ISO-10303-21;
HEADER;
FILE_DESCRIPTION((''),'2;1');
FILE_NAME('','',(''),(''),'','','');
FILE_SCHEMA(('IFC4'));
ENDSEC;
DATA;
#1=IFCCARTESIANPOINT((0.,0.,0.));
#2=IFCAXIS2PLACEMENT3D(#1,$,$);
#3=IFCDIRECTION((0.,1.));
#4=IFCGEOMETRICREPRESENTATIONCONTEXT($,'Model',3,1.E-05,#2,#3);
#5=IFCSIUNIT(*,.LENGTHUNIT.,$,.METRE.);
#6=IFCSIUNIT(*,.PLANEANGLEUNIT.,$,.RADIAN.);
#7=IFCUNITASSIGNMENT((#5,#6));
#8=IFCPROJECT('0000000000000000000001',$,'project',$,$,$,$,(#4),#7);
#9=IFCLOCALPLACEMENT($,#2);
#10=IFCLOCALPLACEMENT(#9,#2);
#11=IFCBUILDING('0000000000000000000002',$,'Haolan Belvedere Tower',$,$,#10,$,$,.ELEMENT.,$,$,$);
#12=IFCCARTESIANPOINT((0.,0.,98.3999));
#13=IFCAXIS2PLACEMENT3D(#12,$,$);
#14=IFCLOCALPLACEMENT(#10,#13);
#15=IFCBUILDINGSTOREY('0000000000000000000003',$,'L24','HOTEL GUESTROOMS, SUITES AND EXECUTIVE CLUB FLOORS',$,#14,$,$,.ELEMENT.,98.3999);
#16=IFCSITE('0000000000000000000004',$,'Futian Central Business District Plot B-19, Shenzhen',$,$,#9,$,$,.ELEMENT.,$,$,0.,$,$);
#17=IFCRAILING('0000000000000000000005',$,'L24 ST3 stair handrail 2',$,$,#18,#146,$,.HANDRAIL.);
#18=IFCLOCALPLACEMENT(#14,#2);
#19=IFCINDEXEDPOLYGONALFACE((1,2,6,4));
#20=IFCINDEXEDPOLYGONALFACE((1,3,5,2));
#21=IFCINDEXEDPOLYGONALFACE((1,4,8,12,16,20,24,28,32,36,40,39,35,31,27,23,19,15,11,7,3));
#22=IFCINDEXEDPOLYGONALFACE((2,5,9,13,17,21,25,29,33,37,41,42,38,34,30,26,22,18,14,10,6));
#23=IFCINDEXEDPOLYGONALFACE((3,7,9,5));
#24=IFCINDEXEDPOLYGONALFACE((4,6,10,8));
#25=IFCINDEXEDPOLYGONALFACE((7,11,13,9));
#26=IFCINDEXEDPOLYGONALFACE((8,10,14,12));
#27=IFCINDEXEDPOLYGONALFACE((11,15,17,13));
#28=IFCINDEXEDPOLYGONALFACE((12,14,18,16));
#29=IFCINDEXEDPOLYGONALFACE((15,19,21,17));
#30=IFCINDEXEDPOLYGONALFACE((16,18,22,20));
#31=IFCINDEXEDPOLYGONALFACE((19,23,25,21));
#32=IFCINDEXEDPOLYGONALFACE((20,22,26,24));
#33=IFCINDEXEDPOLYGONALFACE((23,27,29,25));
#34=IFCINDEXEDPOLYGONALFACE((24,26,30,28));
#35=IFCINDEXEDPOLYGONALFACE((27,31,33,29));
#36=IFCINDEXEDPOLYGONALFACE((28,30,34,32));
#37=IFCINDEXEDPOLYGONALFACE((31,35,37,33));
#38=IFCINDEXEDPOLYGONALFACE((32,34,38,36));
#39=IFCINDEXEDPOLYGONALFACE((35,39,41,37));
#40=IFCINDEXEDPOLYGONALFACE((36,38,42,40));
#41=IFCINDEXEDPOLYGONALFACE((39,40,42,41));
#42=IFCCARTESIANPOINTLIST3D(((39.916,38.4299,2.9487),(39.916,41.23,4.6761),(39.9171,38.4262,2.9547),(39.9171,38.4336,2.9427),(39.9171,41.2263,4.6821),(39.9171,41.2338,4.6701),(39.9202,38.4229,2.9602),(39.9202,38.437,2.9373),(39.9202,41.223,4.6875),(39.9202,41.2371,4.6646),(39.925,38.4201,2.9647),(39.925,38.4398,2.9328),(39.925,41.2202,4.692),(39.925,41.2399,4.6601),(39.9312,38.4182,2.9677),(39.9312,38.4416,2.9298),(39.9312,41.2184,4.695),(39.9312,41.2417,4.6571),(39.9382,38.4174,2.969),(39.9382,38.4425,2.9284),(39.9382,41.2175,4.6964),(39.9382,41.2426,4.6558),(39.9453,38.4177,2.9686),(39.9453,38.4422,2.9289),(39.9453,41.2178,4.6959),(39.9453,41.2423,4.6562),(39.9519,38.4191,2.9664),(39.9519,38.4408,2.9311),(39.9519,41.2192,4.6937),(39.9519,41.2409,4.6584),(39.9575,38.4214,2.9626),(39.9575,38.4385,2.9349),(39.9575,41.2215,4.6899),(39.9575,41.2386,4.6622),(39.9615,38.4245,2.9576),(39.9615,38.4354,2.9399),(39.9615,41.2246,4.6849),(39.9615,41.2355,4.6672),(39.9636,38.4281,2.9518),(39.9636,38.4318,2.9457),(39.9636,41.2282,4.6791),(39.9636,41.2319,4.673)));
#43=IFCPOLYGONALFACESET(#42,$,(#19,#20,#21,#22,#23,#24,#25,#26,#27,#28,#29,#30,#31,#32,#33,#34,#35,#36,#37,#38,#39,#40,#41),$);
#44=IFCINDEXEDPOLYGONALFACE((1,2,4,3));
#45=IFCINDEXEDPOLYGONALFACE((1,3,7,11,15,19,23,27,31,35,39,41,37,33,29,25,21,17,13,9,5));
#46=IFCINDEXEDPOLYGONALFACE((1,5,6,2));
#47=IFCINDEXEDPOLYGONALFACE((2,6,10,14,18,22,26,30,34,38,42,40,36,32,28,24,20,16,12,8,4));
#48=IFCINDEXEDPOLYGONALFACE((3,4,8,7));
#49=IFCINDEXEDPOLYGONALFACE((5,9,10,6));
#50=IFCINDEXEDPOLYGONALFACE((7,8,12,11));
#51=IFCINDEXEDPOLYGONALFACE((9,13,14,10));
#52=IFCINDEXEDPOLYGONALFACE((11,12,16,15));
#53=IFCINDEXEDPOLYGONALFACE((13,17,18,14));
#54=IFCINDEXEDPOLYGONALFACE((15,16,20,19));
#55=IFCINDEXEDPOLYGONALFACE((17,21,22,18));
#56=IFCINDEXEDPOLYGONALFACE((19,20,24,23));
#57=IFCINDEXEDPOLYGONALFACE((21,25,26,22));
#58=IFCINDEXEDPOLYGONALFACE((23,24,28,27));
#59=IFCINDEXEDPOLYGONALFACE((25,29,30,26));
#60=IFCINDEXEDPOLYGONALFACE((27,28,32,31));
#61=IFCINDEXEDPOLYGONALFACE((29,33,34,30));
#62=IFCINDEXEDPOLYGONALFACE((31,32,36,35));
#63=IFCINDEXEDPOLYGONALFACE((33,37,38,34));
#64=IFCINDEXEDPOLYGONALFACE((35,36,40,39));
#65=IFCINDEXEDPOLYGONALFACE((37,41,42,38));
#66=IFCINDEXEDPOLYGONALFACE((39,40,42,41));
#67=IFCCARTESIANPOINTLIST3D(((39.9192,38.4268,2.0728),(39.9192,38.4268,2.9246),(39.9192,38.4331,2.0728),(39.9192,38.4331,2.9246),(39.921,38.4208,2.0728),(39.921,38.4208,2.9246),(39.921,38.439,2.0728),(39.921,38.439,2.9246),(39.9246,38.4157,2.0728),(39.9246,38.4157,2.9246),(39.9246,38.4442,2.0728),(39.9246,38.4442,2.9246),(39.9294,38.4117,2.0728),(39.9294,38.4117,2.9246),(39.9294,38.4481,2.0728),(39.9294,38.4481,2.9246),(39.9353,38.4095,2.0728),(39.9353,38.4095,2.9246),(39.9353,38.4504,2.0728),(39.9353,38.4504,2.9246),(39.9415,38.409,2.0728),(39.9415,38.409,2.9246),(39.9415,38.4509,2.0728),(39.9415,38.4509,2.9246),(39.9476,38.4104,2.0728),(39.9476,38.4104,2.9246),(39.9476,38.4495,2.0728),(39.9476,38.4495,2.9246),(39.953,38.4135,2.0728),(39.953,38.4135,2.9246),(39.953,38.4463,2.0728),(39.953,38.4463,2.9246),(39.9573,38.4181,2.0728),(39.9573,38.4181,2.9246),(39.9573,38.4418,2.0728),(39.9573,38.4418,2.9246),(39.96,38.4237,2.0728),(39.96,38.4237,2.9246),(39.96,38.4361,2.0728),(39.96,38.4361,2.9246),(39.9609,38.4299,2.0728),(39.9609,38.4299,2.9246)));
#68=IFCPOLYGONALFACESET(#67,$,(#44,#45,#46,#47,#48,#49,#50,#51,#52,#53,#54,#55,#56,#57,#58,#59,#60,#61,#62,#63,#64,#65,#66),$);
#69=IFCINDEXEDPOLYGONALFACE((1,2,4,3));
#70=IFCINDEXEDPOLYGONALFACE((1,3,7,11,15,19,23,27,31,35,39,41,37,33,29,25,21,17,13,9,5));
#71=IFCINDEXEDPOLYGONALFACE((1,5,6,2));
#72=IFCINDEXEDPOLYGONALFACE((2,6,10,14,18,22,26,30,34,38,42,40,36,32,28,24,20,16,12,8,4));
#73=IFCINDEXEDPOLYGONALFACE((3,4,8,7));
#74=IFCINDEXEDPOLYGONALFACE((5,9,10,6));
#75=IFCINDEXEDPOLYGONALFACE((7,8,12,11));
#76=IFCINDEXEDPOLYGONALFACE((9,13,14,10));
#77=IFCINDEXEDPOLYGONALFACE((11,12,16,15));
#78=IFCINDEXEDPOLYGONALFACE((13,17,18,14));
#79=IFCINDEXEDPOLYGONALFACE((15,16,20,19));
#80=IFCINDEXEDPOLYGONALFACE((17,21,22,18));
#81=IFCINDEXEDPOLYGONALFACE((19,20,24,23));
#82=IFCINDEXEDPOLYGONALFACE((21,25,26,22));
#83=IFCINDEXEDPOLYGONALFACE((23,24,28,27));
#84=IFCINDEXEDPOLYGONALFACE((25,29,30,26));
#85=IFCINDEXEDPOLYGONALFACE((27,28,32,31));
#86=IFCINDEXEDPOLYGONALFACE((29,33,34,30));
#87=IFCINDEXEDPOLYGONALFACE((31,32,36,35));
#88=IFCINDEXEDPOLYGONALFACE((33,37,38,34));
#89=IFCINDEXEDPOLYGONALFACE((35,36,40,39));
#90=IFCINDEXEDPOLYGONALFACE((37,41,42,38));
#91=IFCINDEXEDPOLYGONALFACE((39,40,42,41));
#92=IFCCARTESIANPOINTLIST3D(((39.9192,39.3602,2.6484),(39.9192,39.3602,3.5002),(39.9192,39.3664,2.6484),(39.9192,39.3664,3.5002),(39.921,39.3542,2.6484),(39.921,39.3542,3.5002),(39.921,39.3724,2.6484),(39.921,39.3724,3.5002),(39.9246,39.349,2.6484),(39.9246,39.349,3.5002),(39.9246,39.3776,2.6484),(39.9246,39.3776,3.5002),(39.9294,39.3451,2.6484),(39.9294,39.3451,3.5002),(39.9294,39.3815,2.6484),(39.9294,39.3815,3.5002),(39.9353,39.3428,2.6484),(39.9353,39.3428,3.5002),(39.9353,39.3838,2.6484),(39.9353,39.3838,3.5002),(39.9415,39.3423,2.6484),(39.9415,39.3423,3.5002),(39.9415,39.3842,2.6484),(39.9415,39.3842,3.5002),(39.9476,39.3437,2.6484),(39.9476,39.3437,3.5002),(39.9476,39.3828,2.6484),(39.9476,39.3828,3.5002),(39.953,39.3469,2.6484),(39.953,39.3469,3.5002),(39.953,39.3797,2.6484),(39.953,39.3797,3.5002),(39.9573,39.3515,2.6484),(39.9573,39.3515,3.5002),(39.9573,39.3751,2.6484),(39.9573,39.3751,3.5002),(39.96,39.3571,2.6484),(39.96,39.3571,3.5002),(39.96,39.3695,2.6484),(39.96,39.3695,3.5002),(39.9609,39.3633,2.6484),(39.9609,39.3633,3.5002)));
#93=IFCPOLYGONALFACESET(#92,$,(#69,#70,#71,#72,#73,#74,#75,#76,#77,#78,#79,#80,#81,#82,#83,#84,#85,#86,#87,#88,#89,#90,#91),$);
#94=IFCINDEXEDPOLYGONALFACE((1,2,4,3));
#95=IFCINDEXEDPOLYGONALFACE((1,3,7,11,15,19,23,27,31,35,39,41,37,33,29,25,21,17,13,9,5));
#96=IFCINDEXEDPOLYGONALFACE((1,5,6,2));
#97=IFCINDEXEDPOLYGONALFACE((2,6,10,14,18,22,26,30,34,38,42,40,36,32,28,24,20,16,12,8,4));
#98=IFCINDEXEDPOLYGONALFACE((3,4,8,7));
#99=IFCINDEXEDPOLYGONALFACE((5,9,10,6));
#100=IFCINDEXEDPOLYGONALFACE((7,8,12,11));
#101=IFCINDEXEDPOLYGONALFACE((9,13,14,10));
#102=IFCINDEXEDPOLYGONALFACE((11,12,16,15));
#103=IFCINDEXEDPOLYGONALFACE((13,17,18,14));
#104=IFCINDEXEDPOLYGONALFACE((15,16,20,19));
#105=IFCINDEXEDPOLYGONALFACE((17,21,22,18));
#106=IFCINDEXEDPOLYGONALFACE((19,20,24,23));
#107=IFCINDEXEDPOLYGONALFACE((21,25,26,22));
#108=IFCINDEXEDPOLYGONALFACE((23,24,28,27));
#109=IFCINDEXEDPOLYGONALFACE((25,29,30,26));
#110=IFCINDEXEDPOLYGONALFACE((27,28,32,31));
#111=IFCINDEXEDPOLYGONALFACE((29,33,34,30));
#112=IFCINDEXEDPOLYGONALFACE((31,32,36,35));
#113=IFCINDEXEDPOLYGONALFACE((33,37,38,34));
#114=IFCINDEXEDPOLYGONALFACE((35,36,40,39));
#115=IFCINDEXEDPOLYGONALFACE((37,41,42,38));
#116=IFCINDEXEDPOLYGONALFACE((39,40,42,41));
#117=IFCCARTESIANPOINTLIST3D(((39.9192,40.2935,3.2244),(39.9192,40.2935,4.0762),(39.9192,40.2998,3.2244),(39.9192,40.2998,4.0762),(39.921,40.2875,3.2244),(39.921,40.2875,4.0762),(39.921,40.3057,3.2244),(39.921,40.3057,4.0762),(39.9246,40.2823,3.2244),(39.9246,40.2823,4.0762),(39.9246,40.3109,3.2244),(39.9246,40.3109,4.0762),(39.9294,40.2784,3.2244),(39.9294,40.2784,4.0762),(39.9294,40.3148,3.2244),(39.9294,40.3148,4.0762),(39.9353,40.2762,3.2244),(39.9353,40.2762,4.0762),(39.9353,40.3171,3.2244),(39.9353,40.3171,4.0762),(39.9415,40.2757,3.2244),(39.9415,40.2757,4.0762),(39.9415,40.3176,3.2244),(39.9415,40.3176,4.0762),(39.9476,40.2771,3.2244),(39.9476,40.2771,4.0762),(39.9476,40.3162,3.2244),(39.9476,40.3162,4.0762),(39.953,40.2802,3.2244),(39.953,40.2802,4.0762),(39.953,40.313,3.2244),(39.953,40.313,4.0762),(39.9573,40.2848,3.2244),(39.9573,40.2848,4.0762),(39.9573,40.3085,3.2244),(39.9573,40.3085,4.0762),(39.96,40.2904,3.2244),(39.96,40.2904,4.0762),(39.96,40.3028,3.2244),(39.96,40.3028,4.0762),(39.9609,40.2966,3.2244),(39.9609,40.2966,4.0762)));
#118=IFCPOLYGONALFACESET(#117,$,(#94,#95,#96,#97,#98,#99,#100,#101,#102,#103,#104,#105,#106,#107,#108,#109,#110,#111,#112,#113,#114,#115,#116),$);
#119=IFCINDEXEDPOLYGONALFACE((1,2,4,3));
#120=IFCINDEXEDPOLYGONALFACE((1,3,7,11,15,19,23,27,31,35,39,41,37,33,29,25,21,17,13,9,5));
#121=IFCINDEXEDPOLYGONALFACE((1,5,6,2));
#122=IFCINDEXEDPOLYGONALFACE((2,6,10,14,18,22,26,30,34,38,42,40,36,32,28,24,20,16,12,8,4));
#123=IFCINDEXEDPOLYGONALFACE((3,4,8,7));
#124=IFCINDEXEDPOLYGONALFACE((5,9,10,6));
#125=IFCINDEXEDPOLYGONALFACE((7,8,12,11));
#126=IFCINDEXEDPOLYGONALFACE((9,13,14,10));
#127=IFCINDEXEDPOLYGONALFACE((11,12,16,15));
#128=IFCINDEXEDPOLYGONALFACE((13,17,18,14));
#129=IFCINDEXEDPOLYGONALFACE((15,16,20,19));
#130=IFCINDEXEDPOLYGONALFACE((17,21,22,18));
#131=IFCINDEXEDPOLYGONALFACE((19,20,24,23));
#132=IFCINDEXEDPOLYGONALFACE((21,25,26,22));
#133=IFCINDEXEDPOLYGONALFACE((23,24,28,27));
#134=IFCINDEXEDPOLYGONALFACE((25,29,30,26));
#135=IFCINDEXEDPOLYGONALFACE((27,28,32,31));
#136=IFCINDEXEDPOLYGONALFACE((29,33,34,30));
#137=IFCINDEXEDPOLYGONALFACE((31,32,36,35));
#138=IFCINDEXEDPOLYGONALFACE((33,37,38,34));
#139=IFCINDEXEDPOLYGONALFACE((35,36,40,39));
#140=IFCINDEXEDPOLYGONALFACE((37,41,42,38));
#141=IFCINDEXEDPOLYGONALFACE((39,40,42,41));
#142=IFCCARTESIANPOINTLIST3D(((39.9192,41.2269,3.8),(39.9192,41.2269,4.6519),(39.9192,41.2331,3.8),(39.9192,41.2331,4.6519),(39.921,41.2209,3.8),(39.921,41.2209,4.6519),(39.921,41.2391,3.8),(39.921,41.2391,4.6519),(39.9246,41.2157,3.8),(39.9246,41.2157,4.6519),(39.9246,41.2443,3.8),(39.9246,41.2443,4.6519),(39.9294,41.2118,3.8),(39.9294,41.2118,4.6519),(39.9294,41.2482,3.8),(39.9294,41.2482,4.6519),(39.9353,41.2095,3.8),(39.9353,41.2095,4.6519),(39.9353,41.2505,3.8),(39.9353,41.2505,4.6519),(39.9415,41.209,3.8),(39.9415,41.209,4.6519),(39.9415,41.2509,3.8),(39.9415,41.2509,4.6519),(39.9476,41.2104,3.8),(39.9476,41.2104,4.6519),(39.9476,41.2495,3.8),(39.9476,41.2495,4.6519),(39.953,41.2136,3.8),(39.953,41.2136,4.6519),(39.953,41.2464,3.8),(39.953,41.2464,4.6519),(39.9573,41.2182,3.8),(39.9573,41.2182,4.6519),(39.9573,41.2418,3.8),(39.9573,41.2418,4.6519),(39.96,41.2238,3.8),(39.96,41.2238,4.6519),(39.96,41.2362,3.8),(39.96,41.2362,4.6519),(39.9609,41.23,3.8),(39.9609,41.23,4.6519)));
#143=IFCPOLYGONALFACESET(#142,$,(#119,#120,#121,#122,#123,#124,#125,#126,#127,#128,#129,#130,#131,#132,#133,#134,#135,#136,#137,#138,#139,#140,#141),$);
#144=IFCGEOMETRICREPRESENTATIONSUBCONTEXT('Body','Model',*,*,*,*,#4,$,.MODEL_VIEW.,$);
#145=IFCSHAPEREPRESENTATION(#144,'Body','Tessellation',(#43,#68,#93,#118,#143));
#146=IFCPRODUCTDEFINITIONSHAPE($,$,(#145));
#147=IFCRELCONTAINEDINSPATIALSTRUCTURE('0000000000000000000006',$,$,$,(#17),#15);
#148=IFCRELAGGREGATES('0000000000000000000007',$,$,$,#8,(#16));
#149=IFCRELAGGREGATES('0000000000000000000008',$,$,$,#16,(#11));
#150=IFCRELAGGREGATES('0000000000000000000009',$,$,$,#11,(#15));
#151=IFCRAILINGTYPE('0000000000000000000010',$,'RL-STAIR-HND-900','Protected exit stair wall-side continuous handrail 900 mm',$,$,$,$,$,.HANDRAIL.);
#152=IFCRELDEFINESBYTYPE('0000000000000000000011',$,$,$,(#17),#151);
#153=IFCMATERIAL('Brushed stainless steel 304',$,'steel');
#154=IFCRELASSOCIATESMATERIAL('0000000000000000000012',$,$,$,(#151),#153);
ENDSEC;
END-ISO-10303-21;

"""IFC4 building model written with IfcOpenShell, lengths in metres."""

from ifc_helpers import new_model, si_unit, direction, frame, origin, origin_2d, place, context, subcontext, project, spatial, circle, extrude, material, type_object, element, save


model = new_model("IFC4")

# Units and contexts
model_context = context("Model", 3, precision=1e-05, world=origin(), true_north=direction((0.0, 1.0)))
body_context = subcontext(model_context, "Body", "Model", "MODEL_VIEW")
ifc_project = project(units=[si_unit("LENGTHUNIT", "METRE"), si_unit("PLANEANGLEUNIT", "RADIAN")], contexts=[model_context])

# Site, building, storey
site_placement = place(None, origin())
site = spatial("IfcSite", under=ifc_project, at=site_placement, Name="Futian Central Business District Plot B-19, Shenzhen", CompositionType="ELEMENT", RefElevation=0.0)
building_placement = place(site_placement, origin())
building = spatial("IfcBuilding", under=site, at=building_placement, Name="Haolan Belvedere Tower", CompositionType="ELEMENT")
storey_placement = place(building_placement, frame((0.0, 0.0, 98.3999)))
storey = spatial("IfcBuildingStorey", under=building, at=storey_placement, Name="L24", Description="HOTEL GUESTROOMS, SUITES AND EXECUTIVE CLUB FLOORS", CompositionType="ELEMENT", Elevation=98.3999)

# Railing
ifc_material_1 = material(Name="Brushed stainless steel 304", Category="steel")
railing_type_1 = type_object("IfcRailingType", Name="RL-STAIR-HND-900", Description="Protected exit stair wall-side continuous handrail 900 mm", PredefinedType="HANDRAIL", material=ifc_material_1)
railing_1_placement = place(storey_placement, frame((39.9399, 38.4299, 2.0728)))
element("IfcRailing", 1, at=railing_1_placement, inside=storey, type_object=railing_type_1, Name="L24 ST3 stair handrail 2", PredefinedType="HANDRAIL", context=body_context, shape_type="SweptSolid", body=[
    extrude(circle(Radius=0.0239, at=origin_2d()), frame((0.0, 0.0, 0.876), z_axis=(0.0, 0.85109, 0.52502), x_axis=(-1.0, 0.0, 0.0)), (0.0, 0.0, 1.0), 3.29),
    extrude(circle(Radius=0.021, at=origin_2d()), origin(), (0.0, 0.0, 1.0), 0.8518),
    extrude(circle(Radius=0.021, at=origin_2d()), frame((0.0, 0.9333, 0.5757)), (0.0, 0.0, 1.0), 0.8518),
    extrude(circle(Radius=0.021, at=origin_2d()), frame((0.0, 1.8667, 1.1516)), (0.0, 0.0, 1.0), 0.8518),
    extrude(circle(Radius=0.021, at=origin_2d()), frame((0.0, 2.8, 1.7273)), (0.0, 0.0, 1.0), 0.8518),
])

save(model, "model.ifc")
